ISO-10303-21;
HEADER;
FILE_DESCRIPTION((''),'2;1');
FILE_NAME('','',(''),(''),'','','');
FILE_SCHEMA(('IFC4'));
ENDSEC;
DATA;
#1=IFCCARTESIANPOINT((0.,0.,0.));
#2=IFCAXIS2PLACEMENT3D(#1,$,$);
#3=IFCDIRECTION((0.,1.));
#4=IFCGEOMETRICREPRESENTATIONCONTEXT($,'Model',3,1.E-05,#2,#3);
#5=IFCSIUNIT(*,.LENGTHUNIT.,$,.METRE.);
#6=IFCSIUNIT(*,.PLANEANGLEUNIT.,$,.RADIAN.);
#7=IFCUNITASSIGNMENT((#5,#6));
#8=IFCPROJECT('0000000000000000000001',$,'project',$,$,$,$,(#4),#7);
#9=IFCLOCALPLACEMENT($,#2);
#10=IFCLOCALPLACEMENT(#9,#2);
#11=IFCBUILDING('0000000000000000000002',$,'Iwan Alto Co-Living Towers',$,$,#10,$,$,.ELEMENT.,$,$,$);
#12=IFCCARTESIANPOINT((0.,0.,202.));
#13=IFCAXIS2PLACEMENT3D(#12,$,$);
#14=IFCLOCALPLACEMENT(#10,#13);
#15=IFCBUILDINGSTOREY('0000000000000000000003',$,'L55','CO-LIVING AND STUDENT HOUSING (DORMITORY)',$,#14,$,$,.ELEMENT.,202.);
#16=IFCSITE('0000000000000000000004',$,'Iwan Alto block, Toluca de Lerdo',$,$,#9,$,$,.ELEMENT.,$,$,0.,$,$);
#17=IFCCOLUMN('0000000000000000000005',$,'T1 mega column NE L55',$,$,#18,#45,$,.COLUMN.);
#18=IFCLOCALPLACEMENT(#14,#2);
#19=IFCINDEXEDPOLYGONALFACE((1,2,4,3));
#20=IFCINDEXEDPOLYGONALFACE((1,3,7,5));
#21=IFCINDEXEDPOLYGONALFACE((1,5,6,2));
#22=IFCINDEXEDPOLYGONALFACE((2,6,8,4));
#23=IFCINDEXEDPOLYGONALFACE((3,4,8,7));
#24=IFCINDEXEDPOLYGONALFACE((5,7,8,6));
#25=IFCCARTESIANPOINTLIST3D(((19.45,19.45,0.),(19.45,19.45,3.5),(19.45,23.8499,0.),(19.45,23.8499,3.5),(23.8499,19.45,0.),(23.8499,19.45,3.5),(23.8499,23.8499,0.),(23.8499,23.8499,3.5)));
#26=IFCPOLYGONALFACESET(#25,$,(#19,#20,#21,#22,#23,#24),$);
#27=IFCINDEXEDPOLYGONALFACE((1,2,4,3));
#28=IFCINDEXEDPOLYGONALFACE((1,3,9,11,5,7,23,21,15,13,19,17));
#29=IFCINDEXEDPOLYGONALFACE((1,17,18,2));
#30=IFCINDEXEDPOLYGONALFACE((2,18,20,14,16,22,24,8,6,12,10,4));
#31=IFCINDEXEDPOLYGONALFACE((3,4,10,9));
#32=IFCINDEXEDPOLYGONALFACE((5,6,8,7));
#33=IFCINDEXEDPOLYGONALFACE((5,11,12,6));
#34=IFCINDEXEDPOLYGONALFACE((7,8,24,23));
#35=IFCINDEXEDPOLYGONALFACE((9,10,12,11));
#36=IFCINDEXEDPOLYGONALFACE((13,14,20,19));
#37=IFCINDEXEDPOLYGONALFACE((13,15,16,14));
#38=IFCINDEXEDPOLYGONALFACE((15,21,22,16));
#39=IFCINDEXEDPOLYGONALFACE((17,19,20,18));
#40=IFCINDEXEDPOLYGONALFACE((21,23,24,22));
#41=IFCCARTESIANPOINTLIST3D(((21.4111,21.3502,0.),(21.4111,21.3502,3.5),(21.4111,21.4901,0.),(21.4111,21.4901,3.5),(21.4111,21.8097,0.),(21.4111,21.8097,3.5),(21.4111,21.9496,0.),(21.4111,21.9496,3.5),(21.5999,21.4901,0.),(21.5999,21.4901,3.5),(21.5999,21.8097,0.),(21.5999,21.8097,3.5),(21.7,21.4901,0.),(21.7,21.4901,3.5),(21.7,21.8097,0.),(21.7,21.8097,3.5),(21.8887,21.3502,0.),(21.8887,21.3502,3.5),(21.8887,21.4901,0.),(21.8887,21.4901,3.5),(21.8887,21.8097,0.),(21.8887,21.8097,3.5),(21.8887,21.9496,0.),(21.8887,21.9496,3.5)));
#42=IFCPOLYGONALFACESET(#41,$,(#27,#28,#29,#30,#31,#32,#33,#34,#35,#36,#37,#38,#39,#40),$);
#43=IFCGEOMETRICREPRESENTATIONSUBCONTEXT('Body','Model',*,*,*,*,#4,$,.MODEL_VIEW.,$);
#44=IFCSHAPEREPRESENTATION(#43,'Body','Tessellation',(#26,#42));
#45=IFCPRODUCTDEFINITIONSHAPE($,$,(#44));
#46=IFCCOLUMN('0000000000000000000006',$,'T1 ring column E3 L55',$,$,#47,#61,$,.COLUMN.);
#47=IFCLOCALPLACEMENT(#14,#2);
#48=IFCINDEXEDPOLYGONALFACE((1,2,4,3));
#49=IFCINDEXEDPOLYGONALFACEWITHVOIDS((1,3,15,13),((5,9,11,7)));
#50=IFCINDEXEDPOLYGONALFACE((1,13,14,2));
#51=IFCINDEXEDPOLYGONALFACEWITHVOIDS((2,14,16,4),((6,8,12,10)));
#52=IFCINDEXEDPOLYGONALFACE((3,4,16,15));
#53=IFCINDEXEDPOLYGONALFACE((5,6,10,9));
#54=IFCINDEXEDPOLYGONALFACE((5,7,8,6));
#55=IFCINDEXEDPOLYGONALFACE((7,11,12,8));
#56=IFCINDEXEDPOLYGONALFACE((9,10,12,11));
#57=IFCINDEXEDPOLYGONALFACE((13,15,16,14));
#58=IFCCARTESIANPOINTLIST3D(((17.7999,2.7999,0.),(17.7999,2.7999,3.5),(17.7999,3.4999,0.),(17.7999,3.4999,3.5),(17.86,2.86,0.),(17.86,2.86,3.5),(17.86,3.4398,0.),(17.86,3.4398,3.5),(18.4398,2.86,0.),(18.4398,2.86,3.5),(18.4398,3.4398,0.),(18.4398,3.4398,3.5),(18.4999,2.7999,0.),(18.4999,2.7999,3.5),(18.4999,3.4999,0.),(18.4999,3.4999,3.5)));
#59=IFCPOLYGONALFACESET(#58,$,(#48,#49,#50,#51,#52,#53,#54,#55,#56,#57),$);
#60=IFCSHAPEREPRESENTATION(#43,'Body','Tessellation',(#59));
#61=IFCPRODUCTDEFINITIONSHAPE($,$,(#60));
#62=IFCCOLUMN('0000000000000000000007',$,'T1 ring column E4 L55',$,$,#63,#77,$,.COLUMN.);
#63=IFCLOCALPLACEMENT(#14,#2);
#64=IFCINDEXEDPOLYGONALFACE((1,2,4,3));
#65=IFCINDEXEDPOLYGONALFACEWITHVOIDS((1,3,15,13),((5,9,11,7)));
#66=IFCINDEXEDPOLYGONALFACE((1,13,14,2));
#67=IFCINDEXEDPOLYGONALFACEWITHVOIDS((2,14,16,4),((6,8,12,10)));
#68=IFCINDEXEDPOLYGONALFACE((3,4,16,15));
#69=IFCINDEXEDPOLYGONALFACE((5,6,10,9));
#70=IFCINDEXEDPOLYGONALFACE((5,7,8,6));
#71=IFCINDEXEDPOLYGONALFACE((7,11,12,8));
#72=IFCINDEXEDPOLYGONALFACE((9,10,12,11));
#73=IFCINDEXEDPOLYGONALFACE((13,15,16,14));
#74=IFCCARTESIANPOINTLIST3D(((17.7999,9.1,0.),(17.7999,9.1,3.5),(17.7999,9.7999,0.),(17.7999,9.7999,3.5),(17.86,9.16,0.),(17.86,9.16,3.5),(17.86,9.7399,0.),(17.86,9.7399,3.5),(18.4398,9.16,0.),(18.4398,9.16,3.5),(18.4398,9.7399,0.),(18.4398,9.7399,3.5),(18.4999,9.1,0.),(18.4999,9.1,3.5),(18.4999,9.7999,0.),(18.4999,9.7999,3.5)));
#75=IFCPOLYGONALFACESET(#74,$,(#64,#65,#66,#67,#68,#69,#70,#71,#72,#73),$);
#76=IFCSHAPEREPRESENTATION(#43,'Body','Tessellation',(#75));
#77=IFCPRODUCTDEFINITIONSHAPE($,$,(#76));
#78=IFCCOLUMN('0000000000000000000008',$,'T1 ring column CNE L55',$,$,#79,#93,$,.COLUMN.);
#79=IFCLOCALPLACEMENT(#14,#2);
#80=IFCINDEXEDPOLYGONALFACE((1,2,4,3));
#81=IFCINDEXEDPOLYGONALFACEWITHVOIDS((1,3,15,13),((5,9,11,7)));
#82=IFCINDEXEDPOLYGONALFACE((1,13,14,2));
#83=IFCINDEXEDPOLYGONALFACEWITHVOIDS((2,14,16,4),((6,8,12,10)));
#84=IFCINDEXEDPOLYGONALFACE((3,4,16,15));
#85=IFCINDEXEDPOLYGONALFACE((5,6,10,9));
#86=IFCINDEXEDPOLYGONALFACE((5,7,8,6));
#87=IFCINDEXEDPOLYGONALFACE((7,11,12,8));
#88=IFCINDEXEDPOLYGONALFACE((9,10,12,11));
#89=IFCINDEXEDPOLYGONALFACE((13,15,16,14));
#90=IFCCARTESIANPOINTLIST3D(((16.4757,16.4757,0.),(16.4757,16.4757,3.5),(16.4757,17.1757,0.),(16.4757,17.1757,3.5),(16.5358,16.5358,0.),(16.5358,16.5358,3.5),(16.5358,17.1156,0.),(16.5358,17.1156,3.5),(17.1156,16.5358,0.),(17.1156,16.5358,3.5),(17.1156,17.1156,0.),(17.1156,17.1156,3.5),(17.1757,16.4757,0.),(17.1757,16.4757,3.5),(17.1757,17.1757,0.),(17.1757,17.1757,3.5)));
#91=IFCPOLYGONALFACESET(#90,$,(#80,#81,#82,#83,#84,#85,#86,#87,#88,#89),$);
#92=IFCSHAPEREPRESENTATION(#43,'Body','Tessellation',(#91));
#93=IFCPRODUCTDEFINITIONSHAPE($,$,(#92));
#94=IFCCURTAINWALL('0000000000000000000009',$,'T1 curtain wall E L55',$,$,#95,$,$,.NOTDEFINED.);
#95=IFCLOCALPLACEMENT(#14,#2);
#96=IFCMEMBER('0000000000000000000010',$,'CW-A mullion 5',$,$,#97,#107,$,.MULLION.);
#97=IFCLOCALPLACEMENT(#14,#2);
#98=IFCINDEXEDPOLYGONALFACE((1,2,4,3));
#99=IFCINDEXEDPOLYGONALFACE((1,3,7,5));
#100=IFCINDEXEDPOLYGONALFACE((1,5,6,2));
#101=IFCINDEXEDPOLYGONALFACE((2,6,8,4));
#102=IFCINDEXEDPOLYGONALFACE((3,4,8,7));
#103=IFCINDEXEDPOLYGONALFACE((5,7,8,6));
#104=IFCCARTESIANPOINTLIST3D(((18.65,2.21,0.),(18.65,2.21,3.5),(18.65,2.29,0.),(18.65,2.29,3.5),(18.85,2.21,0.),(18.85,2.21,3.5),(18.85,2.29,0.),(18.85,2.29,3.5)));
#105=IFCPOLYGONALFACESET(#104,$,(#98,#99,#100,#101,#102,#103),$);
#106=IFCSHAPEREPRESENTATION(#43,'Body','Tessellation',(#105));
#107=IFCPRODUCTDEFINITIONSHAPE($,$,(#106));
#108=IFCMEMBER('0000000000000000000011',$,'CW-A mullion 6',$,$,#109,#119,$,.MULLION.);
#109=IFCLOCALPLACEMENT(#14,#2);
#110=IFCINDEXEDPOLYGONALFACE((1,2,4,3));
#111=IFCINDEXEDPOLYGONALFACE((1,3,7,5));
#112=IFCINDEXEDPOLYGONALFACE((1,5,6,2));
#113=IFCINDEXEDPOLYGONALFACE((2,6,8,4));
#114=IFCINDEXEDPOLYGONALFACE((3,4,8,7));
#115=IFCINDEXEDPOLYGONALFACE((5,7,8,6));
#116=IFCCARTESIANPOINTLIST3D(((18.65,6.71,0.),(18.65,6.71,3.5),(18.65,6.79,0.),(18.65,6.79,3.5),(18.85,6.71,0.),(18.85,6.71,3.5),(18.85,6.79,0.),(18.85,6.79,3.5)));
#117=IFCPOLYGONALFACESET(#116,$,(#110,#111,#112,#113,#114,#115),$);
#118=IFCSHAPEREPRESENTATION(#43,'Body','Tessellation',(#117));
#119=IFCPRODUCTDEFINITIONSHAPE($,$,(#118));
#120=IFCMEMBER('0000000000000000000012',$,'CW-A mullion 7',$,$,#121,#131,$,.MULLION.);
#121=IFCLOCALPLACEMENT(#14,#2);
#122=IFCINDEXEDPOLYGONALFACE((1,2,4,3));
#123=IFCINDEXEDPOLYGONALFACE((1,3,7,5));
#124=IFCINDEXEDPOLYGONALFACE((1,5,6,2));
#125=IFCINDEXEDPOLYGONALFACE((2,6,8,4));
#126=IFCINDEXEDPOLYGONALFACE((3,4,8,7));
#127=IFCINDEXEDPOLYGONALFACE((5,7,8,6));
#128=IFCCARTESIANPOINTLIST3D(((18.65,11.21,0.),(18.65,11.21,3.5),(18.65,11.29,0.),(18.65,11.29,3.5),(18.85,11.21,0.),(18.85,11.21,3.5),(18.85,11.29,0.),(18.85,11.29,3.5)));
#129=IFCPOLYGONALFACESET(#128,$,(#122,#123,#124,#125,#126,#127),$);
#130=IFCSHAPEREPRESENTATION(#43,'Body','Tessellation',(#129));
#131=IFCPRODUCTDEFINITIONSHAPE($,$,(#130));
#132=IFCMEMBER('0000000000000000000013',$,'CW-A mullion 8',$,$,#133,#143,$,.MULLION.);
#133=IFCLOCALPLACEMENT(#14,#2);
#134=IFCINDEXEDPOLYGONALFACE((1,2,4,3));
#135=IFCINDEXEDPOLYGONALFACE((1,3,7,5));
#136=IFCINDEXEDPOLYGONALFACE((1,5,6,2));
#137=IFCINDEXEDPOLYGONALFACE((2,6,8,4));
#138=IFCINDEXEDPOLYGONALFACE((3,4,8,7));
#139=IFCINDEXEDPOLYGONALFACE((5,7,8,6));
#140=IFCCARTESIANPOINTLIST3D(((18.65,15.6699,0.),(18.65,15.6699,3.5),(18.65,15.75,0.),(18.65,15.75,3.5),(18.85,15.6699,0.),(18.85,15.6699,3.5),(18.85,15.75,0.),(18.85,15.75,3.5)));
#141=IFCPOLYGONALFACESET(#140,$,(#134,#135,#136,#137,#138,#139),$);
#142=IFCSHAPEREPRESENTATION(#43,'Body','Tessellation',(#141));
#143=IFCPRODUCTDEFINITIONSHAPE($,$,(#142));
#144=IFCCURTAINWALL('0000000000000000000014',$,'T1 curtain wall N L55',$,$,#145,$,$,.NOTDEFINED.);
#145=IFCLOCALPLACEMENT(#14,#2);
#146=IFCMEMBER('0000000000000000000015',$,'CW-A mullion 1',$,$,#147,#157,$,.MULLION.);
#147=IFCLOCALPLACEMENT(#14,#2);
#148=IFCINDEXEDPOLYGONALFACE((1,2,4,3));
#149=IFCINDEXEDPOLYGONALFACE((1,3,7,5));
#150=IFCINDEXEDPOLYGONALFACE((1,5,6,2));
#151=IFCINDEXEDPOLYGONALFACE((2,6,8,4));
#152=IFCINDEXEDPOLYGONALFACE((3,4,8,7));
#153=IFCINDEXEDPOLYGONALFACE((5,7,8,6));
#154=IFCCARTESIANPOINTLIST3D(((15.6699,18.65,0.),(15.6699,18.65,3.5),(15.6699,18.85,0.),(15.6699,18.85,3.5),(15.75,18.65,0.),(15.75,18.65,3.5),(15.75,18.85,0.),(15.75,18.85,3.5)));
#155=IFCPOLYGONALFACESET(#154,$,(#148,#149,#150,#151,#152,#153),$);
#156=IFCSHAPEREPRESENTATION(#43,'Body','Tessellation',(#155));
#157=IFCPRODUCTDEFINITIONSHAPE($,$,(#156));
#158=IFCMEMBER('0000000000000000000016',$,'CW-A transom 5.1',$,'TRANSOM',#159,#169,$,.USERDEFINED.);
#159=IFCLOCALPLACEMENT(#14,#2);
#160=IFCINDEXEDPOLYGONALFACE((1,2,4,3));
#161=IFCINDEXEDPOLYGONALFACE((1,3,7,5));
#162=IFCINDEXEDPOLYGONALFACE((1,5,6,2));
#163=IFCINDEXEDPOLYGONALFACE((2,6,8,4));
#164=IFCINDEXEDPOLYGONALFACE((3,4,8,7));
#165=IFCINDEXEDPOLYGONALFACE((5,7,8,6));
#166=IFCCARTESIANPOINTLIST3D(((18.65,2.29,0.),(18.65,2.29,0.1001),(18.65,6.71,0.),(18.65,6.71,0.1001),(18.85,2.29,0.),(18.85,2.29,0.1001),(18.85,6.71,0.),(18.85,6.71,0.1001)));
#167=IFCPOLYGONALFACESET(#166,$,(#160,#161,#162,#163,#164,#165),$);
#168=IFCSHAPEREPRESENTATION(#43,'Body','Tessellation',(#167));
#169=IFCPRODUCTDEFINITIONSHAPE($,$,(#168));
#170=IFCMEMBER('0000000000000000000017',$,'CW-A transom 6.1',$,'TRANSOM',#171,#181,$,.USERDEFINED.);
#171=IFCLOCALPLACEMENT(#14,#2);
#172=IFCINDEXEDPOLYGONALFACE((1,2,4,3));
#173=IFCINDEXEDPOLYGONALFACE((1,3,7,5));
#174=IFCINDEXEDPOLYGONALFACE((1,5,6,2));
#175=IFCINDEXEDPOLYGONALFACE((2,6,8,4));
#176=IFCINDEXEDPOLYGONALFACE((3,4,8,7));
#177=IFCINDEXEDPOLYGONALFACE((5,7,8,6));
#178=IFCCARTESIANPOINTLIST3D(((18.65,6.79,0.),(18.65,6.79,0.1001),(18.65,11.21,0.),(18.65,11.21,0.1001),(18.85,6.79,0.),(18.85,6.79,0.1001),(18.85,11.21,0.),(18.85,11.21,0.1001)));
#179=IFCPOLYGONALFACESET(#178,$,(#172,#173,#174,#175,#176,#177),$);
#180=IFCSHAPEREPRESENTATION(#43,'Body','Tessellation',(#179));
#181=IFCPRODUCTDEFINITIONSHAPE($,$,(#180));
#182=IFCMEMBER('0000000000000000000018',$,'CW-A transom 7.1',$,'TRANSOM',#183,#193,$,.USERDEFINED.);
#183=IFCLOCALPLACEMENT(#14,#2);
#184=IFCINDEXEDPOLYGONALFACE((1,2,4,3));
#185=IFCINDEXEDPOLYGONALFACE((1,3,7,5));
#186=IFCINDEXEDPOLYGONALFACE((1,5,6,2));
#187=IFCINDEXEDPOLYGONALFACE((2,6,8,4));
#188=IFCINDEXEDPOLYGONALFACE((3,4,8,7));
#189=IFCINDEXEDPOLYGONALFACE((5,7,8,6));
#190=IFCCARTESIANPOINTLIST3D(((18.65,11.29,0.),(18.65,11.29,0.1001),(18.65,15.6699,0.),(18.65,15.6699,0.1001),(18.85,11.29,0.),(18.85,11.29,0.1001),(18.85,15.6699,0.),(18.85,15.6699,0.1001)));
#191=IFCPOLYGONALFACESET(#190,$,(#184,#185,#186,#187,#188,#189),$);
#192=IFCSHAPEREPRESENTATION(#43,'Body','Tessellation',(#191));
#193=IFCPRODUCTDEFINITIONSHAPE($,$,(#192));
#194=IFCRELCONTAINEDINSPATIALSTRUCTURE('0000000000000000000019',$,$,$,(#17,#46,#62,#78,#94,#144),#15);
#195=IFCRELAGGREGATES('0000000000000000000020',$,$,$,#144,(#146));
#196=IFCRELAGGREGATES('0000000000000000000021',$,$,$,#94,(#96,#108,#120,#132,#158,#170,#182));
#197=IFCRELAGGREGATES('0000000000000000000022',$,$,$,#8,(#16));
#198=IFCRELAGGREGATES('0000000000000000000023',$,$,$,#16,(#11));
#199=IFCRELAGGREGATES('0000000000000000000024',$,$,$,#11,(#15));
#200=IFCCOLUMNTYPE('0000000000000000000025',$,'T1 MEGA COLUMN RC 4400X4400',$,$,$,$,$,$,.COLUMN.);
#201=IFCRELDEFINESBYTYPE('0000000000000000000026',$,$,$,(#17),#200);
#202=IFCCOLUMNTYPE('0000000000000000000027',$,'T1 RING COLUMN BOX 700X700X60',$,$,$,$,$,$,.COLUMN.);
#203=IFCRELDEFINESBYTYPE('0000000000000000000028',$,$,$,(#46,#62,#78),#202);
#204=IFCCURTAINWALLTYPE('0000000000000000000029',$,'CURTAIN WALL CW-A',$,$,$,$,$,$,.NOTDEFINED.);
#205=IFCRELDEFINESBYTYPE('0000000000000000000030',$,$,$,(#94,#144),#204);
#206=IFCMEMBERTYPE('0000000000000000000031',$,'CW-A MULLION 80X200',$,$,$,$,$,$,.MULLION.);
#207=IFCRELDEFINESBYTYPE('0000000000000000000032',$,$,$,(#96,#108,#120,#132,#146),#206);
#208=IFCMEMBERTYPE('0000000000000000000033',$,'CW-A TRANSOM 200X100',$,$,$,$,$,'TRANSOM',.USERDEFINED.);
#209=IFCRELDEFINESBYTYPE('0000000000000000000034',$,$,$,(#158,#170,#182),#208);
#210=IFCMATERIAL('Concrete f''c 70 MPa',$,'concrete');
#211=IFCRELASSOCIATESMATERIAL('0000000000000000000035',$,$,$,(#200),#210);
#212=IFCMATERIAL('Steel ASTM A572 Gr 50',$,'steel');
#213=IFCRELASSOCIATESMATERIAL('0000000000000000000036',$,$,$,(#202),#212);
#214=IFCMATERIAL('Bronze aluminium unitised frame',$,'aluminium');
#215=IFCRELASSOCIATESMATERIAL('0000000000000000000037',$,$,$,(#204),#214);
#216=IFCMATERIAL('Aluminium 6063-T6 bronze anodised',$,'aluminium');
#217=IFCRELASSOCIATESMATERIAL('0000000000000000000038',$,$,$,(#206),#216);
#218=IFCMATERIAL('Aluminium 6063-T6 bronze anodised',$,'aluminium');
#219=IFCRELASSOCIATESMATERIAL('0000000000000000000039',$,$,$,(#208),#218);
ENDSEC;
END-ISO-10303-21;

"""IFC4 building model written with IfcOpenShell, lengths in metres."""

from ifc_helpers import new_model, si_unit, direction, frame, origin, origin_2d, place, context, subcontext, project, spatial, rectangle, hollow_rectangle, i_section, extrude, material, material_profile, profile_set, type_object, element, aggregate, save


model = new_model("IFC4")

# Units and contexts
model_context = context("Model", 3, precision=1e-05, world=origin(), true_north=direction((0.0, 1.0)))
body_context = subcontext(model_context, "Body", "Model", "MODEL_VIEW")
ifc_project = project(units=[si_unit("LENGTHUNIT", "METRE"), si_unit("PLANEANGLEUNIT", "RADIAN")], contexts=[model_context])

# Site, building, storey
site_placement = place(None, origin())
site = spatial("IfcSite", under=ifc_project, at=site_placement, Name="Iwan Alto block, Toluca de Lerdo", CompositionType="ELEMENT", RefElevation=0.0)
building_placement = place(site_placement, origin())
building = spatial("IfcBuilding", under=site, at=building_placement, Name="Iwan Alto Co-Living Towers", CompositionType="ELEMENT")
storey_placement = place(building_placement, frame((0.0, 0.0, 202.0)))
storey = spatial("IfcBuildingStorey", under=building, at=storey_placement, Name="L55", Description="CO-LIVING AND STUDENT HOUSING (DORMITORY)", CompositionType="ELEMENT", Elevation=202.0)

# Columns
ifc_material_1 = material(Name="Concrete f'c 70 MPa", Category="concrete")
ifc_material_profile_1 = material_profile(ifc_material_1, rectangle(XDim=4.3999, YDim=4.3999, at=origin_2d()), Name="RC 4400X4400")
ifc_profile_set_1 = profile_set([ifc_material_profile_1], Name="Concrete f'c 70 MPa")
column_type_1 = type_object("IfcColumnType", Name="T1 MEGA COLUMN RC 4400X4400", PredefinedType="COLUMN", material=ifc_profile_set_1)
column_placement = place(storey_placement, frame((21.6499, 21.6499, 0.0), z_axis=(0.0, 0.0, 1.0), x_axis=(1.0, 0.0, 0.0)))
element("IfcColumn", 1, at=column_placement, inside=storey, type_object=column_type_1, Name="T1 mega column NE L55", PredefinedType="COLUMN", context=body_context, shape_type="SweptSolid", body=[
    extrude(rectangle(XDim=4.3999, YDim=4.3999, at=origin_2d()), origin(), (0.0, 0.0, 1.0), 3.5),
    extrude(i_section(OverallWidth=0.4775, OverallDepth=0.5994, WebThickness=0.1001, FlangeThickness=0.1399, at=origin_2d()), origin(), (0.0, 0.0, 1.0), 3.5),
])
ifc_material_2 = material(Name="Steel ASTM A572 Gr 50", Category="steel")
ifc_material_profile_2 = material_profile(ifc_material_2, hollow_rectangle(XDim=0.7, YDim=0.7, WallThickness=0.0601, at=origin_2d()), Name="BOX 700X700X60")
ifc_profile_set_2 = profile_set([ifc_material_profile_2], Name="Steel ASTM A572 Gr 50")
column_type_2 = type_object("IfcColumnType", Name="T1 RING COLUMN BOX 700X700X60", PredefinedType="COLUMN", material=ifc_profile_set_2)
for number, where, z_axis, x_axis, name in (
    (2, (18.1499, 3.1499, 0.0), (0.0, 0.0, 1.0), (1.0, 0.0, 0.0), "T1 ring column E3 L55"),
    (3, (18.1499, 9.45, 0.0), (0.0, 0.0, 1.0), (1.0, 0.0, 0.0), "T1 ring column E4 L55"),
    (4, (16.8257, 16.8257, 0.0), (0.0, 0.0, 1.0), (1.0, 0.0, 0.0), "T1 ring column CNE L55"),
):
    element("IfcColumn", number, at=place(storey_placement, frame(where, z_axis=z_axis, x_axis=x_axis)), inside=storey, type_object=column_type_2, Name=name, PredefinedType="COLUMN", context=body_context, shape_type="SweptSolid", body=[
        extrude(hollow_rectangle(XDim=0.7, YDim=0.7, WallThickness=0.0601, at=origin_2d()), origin(), (0.0, 0.0, 1.0), 3.5),
    ])

# Curtain wall, members
ifc_material_3 = material(Name="Bronze aluminium unitised frame", Category="aluminium")
curtain_wall_type_1 = type_object("IfcCurtainWallType", Name="CURTAIN WALL CW-A", PredefinedType="NOTDEFINED", material=ifc_material_3)
curtain_wall_1_placement = place(storey_placement, origin())
curtain_wall_1 = element("IfcCurtainWall", 5, at=curtain_wall_1_placement, inside=storey, type_object=curtain_wall_type_1, Name="T1 curtain wall E L55", PredefinedType="NOTDEFINED")
ifc_material_4 = material(Name="Aluminium 6063-T6 bronze anodised", Category="aluminium")
ifc_material_profile_3 = material_profile(ifc_material_4, rectangle(XDim=0.2, YDim=0.0801, at=origin_2d()), Name="AL 80X200")
ifc_profile_set_3 = profile_set([ifc_material_profile_3], Name="Aluminium 6063-T6 bronze anodised")
member_type_1 = type_object("IfcMemberType", Name="CW-A MULLION 80X200", PredefinedType="MULLION", material=ifc_profile_set_3)
member_1_placement = place(storey_placement, frame((18.75, 2.25, 0.0), z_axis=(0.0, 0.0, 1.0), x_axis=(-1.0, 0.0, 0.0)))
member_1 = element("IfcMember", 6, at=member_1_placement, type_object=member_type_1, Name="CW-A mullion 5", PredefinedType="MULLION", context=body_context, shape_type="SweptSolid", body=[
    extrude(rectangle(XDim=0.2, YDim=0.0801, at=origin_2d()), origin(), (0.0, 0.0, 1.0), 3.5),
])
member_2_placement = place(storey_placement, frame((18.75, 6.75, 0.0), z_axis=(0.0, 0.0, 1.0), x_axis=(-1.0, 0.0, 0.0)))
member_2 = element("IfcMember", 7, at=member_2_placement, type_object=member_type_1, Name="CW-A mullion 6", PredefinedType="MULLION", context=body_context, shape_type="SweptSolid", body=[
    extrude(rectangle(XDim=0.2, YDim=0.0801, at=origin_2d()), origin(), (0.0, 0.0, 1.0), 3.5),
])
member_3_placement = place(storey_placement, frame((18.75, 11.25, 0.0), z_axis=(0.0, 0.0, 1.0), x_axis=(-1.0, 0.0, 0.0)))
member_3 = element("IfcMember", 8, at=member_3_placement, type_object=member_type_1, Name="CW-A mullion 7", PredefinedType="MULLION", context=body_context, shape_type="SweptSolid", body=[
    extrude(rectangle(XDim=0.2, YDim=0.0801, at=origin_2d()), origin(), (0.0, 0.0, 1.0), 3.5),
])
member_4_placement = place(storey_placement, frame((18.75, 15.71, 0.0), z_axis=(0.0, 0.0, 1.0), x_axis=(-1.0, 0.0, 0.0)))
member_4 = element("IfcMember", 9, at=member_4_placement, type_object=member_type_1, Name="CW-A mullion 8", PredefinedType="MULLION", context=body_context, shape_type="SweptSolid", body=[
    extrude(rectangle(XDim=0.2, YDim=0.0801, at=origin_2d()), origin(), (0.0, 0.0, 1.0), 3.5),
])

# Curtain wall, member
curtain_wall_2_placement = place(storey_placement, origin())
curtain_wall_2 = element("IfcCurtainWall", 10, at=curtain_wall_2_placement, inside=storey, type_object=curtain_wall_type_1, Name="T1 curtain wall N L55", PredefinedType="NOTDEFINED")
member_5_placement = place(storey_placement, frame((15.71, 18.75, 0.0), z_axis=(0.0, 0.0, 1.0), x_axis=(0.0, -1.0, 0.0)))
member_5 = element("IfcMember", 11, at=member_5_placement, type_object=member_type_1, Name="CW-A mullion 1", PredefinedType="MULLION", context=body_context, shape_type="SweptSolid", body=[
    extrude(rectangle(XDim=0.2, YDim=0.0801, at=origin_2d()), origin(), (0.0, 0.0, 1.0), 3.5),
])

# Members
ifc_material_5 = material(Name="Aluminium 6063-T6 bronze anodised", Category="aluminium")
ifc_material_profile_4 = material_profile(ifc_material_5, rectangle(XDim=0.2, YDim=0.1001, at=origin_2d()), Name="AL 200X100")
ifc_profile_set_4 = profile_set([ifc_material_profile_4], Name="Aluminium 6063-T6 bronze anodised")
member_type_2 = type_object("IfcMemberType", Name="CW-A TRANSOM 200X100", ElementType="TRANSOM", PredefinedType="USERDEFINED", material=ifc_profile_set_4)
member_6_placement = place(storey_placement, frame((18.75, 2.29, 0.05), z_axis=(0.0, 1.0, 0.0), x_axis=(-1.0, 0.0, 0.0)))
member_6 = element("IfcMember", 12, at=member_6_placement, type_object=member_type_2, Name="CW-A transom 5.1", ObjectType="TRANSOM", PredefinedType="USERDEFINED", context=body_context, shape_type="SweptSolid", body=[
    extrude(rectangle(XDim=0.2, YDim=0.1001, at=origin_2d()), origin(), (0.0, 0.0, 1.0), 4.4199),
])
member_7_placement = place(storey_placement, frame((18.75, 6.79, 0.05), z_axis=(0.0, 1.0, 0.0), x_axis=(-1.0, 0.0, 0.0)))
member_7 = element("IfcMember", 13, at=member_7_placement, type_object=member_type_2, Name="CW-A transom 6.1", ObjectType="TRANSOM", PredefinedType="USERDEFINED", context=body_context, shape_type="SweptSolid", body=[
    extrude(rectangle(XDim=0.2, YDim=0.1001, at=origin_2d()), origin(), (0.0, 0.0, 1.0), 4.4199),
])
member_8_placement = place(storey_placement, frame((18.75, 11.29, 0.05), z_axis=(0.0, 1.0, 0.0), x_axis=(-1.0, 0.0, 0.0)))
member_8 = element("IfcMember", 14, at=member_8_placement, type_object=member_type_2, Name="CW-A transom 7.1", ObjectType="TRANSOM", PredefinedType="USERDEFINED", context=body_context, shape_type="SweptSolid", body=[
    extrude(rectangle(XDim=0.2, YDim=0.1001, at=origin_2d()), origin(), (0.0, 0.0, 1.0), 4.3799),
])
aggregate(curtain_wall_2, [member_5])

aggregate(curtain_wall_1, [member_1, member_2, member_3, member_4, member_6, member_7, member_8])

save(model, "model.ifc")
